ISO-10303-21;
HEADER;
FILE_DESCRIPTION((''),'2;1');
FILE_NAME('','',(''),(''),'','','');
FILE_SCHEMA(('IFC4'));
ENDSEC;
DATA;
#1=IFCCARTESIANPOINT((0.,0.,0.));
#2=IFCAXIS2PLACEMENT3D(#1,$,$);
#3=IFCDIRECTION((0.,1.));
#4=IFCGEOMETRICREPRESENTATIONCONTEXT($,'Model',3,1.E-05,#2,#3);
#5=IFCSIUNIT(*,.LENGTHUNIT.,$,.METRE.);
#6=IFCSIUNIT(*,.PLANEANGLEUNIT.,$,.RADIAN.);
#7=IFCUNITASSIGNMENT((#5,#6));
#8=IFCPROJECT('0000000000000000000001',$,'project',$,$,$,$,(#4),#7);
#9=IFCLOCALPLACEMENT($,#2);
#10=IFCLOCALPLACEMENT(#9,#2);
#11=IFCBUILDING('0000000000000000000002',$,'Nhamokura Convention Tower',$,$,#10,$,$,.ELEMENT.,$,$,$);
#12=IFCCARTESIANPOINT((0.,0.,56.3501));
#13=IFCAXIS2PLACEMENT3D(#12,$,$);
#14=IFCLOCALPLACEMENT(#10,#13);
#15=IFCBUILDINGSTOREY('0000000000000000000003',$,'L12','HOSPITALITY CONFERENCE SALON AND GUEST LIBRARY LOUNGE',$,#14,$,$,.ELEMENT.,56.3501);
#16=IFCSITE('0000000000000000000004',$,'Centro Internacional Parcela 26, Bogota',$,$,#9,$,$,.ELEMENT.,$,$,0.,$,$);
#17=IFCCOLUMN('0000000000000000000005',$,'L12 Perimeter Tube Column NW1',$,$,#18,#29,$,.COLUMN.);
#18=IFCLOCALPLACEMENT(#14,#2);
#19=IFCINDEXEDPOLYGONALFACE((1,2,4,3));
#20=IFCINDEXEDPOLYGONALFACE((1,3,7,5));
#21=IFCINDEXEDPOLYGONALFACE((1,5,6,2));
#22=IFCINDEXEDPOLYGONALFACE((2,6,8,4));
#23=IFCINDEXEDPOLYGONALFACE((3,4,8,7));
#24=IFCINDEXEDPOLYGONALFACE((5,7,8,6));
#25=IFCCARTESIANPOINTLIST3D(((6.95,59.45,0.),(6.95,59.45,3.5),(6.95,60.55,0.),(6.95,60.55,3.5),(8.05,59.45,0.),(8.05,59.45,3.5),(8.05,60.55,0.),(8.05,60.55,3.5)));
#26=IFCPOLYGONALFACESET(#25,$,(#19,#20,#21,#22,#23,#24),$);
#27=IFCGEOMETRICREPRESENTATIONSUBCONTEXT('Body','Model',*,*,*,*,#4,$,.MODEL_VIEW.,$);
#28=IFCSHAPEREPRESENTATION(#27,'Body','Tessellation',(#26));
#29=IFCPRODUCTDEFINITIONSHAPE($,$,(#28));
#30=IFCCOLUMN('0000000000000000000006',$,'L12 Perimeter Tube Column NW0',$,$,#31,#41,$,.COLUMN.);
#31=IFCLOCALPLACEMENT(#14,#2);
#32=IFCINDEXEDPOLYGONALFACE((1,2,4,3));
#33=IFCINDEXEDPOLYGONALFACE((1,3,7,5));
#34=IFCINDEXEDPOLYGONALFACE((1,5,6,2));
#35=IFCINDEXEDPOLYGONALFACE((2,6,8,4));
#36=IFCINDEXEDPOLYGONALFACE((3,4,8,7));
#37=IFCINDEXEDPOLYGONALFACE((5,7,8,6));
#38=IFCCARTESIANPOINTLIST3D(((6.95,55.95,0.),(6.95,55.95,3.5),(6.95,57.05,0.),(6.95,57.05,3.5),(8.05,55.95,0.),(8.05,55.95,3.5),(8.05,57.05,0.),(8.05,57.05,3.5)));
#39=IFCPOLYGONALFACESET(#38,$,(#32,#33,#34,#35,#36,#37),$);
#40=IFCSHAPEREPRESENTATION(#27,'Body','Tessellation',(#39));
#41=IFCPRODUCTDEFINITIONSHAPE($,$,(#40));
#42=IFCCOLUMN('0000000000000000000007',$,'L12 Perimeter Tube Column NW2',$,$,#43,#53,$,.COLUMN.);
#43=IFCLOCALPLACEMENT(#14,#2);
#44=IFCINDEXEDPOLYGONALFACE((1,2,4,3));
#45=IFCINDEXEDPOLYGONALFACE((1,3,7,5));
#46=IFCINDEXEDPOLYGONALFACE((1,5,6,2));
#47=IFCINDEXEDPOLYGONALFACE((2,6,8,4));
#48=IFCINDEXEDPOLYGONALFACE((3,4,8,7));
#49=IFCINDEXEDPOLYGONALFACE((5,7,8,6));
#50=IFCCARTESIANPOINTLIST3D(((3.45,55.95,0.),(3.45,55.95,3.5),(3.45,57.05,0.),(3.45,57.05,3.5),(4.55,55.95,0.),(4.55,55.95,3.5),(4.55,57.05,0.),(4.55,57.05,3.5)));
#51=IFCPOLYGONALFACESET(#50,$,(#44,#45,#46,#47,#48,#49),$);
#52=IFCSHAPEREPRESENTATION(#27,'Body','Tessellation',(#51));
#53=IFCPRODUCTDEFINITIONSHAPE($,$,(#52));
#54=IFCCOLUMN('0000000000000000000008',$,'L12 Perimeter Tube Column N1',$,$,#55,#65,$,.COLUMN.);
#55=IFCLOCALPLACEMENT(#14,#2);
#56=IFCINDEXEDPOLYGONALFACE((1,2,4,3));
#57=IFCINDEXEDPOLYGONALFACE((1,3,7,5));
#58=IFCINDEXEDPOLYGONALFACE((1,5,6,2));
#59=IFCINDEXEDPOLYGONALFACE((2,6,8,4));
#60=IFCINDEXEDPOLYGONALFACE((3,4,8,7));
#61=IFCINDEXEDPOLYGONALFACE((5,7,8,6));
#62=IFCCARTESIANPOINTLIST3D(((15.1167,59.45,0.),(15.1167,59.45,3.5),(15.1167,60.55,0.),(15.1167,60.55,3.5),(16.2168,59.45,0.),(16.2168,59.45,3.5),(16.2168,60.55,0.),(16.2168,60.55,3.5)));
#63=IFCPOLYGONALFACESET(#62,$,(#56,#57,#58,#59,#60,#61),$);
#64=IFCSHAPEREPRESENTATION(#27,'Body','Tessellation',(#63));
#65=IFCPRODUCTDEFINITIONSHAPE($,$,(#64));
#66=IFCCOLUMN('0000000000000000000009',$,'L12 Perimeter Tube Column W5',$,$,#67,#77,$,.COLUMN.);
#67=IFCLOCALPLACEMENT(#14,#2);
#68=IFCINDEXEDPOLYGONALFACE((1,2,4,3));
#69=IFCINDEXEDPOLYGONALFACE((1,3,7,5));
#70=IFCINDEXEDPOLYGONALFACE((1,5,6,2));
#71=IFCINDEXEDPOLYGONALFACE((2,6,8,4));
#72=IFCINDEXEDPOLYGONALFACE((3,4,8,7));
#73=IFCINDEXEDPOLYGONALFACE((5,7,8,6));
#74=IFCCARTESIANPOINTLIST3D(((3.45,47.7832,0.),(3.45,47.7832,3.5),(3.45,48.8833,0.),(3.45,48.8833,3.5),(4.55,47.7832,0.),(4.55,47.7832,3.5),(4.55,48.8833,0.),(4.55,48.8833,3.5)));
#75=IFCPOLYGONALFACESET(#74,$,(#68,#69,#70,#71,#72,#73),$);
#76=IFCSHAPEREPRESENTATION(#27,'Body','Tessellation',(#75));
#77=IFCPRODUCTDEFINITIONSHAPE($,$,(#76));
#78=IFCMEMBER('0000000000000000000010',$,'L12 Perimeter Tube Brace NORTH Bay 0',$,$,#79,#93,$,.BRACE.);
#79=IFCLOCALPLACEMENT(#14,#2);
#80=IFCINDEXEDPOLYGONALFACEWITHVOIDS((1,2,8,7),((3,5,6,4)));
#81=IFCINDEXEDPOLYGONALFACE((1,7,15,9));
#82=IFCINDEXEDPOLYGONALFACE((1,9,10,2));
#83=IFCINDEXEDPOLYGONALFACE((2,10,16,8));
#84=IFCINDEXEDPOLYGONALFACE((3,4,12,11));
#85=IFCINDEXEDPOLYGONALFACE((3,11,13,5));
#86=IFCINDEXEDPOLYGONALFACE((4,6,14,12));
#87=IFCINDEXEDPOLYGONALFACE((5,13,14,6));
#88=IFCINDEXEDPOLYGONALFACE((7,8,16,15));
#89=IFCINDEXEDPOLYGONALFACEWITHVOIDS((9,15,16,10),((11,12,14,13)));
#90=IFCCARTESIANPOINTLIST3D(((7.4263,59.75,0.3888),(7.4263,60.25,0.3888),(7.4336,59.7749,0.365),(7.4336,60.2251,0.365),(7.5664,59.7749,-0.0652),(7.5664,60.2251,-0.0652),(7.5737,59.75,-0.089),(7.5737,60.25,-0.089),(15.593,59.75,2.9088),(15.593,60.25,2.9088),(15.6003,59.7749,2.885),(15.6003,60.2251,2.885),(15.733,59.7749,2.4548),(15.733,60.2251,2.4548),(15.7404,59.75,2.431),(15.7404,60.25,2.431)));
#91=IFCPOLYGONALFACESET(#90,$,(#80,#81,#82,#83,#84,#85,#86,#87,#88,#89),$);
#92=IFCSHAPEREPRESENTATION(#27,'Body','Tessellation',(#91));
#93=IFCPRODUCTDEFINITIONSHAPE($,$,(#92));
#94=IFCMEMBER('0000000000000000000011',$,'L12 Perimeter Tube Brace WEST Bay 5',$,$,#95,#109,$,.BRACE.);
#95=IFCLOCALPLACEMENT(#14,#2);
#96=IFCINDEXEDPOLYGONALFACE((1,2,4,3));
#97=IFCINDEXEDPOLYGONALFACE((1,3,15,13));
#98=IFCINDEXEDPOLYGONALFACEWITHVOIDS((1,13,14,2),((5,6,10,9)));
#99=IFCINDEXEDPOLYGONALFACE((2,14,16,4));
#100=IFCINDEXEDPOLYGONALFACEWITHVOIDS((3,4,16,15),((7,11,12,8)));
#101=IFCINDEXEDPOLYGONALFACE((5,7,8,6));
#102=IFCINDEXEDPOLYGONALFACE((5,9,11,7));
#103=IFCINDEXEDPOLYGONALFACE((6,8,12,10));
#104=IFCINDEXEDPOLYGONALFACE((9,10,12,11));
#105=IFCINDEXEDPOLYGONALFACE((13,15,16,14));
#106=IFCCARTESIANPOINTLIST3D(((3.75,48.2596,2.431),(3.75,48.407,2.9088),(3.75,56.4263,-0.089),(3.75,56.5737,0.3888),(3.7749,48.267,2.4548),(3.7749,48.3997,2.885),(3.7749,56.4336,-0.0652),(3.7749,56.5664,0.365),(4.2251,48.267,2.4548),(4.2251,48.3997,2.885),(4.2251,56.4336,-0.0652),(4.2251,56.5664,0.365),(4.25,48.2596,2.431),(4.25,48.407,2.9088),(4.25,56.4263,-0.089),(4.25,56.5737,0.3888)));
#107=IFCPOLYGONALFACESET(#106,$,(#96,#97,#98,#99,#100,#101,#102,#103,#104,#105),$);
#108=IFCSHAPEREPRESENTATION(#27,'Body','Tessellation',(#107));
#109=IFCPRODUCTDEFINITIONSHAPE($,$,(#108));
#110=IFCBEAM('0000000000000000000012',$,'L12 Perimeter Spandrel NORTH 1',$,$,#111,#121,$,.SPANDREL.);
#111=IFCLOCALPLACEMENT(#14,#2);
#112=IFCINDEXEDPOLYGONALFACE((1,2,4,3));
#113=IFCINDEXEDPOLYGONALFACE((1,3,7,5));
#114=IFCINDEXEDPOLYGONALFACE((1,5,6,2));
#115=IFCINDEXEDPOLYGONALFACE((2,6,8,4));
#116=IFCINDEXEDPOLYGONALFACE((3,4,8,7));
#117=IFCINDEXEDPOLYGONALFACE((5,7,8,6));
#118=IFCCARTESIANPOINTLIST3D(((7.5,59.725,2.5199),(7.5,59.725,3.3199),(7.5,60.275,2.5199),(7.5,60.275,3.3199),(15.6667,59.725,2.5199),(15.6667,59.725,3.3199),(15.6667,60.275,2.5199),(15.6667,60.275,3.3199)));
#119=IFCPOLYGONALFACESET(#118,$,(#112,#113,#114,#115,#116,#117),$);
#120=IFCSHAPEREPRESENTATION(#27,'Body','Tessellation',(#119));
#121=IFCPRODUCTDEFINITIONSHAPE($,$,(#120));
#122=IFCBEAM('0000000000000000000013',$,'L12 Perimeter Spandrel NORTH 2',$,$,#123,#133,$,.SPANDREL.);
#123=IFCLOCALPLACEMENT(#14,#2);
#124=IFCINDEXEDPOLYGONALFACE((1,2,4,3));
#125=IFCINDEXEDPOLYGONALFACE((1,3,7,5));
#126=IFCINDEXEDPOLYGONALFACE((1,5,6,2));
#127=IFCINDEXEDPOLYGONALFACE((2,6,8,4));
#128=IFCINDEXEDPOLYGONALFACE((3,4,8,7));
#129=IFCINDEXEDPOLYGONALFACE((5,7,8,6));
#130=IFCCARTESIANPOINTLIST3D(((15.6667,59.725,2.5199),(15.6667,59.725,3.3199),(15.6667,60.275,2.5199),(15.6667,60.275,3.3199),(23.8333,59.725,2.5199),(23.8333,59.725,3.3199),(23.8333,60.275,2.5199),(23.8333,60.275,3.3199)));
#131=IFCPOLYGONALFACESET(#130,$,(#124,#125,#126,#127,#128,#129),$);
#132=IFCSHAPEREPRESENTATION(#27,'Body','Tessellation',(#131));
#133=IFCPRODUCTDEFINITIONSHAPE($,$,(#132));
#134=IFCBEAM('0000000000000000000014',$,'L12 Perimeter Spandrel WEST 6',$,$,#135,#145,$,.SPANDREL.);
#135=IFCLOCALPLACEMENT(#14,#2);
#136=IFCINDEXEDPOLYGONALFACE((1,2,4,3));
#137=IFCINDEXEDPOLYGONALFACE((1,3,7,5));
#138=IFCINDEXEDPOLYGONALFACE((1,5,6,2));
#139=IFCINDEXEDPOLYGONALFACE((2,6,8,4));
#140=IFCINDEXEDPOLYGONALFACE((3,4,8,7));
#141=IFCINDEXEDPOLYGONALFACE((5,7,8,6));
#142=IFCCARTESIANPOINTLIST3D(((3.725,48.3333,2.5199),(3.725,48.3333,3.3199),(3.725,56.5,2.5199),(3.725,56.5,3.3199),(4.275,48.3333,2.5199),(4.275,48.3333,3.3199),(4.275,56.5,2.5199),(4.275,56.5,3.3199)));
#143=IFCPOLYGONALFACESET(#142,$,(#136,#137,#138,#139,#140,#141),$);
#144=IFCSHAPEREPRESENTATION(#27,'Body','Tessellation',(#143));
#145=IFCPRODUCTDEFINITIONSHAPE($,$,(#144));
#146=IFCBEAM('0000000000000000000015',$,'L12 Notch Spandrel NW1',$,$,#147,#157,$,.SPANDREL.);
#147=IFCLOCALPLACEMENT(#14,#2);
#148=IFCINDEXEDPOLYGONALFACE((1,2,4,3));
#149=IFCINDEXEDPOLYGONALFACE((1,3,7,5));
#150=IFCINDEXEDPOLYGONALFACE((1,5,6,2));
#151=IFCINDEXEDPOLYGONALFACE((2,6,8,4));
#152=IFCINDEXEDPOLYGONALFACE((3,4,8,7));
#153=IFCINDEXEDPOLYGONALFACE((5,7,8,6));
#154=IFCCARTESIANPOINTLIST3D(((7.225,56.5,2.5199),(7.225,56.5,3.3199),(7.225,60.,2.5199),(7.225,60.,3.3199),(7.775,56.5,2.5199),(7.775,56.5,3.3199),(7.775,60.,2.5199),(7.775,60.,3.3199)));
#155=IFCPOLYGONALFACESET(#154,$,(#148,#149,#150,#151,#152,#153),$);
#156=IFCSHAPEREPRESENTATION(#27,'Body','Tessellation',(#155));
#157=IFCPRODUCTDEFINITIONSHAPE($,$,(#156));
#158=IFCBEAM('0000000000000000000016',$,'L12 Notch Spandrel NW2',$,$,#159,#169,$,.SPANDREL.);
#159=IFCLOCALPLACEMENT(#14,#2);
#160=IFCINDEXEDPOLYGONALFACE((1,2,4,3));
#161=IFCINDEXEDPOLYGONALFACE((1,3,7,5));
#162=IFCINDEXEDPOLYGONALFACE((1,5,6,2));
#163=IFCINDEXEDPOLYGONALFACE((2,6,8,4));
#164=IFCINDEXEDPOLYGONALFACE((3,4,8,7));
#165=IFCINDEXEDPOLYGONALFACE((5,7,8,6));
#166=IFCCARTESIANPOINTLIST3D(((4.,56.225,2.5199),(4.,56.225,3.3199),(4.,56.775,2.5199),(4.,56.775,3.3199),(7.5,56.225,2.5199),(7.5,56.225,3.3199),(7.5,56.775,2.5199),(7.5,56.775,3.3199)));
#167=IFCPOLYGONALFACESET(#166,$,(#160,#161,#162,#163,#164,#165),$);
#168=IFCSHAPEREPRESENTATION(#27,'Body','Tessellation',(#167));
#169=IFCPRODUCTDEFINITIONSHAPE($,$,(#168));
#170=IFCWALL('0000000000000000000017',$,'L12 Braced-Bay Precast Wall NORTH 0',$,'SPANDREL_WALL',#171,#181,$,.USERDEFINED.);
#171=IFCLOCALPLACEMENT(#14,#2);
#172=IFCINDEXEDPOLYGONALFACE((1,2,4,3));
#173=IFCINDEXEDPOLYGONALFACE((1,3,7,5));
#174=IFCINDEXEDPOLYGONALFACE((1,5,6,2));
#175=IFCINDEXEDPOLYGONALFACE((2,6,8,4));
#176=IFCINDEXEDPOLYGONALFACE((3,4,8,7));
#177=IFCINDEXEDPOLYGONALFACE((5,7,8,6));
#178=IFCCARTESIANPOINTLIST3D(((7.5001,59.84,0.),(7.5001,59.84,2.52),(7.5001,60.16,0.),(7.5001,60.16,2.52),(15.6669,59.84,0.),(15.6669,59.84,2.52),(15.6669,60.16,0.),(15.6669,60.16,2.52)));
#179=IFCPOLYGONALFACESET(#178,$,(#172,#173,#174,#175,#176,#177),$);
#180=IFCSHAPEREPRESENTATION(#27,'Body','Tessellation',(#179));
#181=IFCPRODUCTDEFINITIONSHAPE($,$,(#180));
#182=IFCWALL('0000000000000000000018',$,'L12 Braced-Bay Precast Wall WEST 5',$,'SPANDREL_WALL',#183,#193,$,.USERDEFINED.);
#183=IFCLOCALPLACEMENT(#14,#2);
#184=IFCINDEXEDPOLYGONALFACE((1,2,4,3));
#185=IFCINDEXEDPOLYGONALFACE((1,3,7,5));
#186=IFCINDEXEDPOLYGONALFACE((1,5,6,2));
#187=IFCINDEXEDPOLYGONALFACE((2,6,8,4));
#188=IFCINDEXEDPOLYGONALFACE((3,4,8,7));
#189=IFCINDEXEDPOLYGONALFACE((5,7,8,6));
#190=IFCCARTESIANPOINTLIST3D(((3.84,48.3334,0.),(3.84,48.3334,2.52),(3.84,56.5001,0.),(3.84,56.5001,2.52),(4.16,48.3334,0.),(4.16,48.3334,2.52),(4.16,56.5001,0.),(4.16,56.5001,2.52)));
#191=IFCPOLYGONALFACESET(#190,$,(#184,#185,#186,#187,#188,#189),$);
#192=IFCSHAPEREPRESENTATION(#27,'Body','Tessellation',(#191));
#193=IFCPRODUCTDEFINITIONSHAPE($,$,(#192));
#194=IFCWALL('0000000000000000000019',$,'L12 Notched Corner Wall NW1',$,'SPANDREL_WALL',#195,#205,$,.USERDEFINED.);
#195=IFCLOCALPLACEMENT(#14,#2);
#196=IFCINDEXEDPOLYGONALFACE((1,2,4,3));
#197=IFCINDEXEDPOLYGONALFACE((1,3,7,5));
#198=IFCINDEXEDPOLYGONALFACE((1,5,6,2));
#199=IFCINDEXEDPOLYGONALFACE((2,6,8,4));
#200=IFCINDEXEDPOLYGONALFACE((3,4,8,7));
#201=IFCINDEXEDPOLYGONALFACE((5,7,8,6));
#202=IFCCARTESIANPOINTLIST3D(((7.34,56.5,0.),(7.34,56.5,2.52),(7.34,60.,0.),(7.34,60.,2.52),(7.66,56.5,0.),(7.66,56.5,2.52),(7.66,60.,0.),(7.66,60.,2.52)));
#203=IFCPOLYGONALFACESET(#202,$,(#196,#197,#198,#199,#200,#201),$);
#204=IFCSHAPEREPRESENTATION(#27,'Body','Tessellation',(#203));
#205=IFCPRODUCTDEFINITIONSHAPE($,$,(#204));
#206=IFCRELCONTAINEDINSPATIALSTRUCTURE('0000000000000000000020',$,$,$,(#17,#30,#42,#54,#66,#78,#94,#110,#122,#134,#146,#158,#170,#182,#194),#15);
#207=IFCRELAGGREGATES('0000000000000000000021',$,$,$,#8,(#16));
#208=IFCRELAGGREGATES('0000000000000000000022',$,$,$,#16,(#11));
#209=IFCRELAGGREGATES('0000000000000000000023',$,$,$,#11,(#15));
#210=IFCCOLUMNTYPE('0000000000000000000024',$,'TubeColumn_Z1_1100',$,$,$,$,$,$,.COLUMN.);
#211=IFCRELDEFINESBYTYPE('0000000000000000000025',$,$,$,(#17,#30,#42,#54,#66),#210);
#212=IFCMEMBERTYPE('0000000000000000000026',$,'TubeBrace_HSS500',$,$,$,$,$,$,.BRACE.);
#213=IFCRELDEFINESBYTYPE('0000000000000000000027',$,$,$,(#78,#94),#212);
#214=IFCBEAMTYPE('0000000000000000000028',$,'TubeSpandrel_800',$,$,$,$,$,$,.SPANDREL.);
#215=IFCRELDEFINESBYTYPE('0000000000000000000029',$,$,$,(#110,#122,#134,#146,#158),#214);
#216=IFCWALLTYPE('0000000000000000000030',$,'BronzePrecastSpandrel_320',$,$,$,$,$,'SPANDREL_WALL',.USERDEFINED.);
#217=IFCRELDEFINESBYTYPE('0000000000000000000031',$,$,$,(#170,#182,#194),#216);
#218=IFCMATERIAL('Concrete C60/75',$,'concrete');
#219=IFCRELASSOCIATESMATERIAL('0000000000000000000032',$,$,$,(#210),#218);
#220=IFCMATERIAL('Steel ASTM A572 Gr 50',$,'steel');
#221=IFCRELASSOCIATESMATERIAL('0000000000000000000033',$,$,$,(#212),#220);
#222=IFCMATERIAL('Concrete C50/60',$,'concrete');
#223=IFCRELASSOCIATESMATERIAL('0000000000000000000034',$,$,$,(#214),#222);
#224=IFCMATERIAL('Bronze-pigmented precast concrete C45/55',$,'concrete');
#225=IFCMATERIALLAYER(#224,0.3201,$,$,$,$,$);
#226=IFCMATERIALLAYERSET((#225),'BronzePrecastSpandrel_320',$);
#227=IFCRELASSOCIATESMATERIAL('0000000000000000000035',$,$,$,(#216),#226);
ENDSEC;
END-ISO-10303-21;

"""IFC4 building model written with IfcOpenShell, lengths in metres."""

from ifc_helpers import new_model, si_unit, direction, frame, frame_2d, origin, origin_2d, place, context, subcontext, project, spatial, rectangle, hollow_rectangle, extrude, material, layer, layer_set, material_profile, profile_set, type_object, element, save


model = new_model("IFC4")

# Units and contexts
model_context = context("Model", 3, precision=1e-05, world=origin(), true_north=direction((0.0, 1.0)))
body_context = subcontext(model_context, "Body", "Model", "MODEL_VIEW")
ifc_project = project(units=[si_unit("LENGTHUNIT", "METRE"), si_unit("PLANEANGLEUNIT", "RADIAN")], contexts=[model_context])

# Site, building, storey
site_placement = place(None, origin())
site = spatial("IfcSite", under=ifc_project, at=site_placement, Name="Centro Internacional Parcela 26, Bogota", CompositionType="ELEMENT", RefElevation=0.0)
building_placement = place(site_placement, origin())
building = spatial("IfcBuilding", under=site, at=building_placement, Name="Nhamokura Convention Tower", CompositionType="ELEMENT")
storey_placement = place(building_placement, frame((0.0, 0.0, 56.3501)))
storey = spatial("IfcBuildingStorey", under=building, at=storey_placement, Name="L12", Description="HOSPITALITY CONFERENCE SALON AND GUEST LIBRARY LOUNGE", CompositionType="ELEMENT", Elevation=56.3501)

# Columns
ifc_material_1 = material(Name="Concrete C60/75", Category="concrete")
ifc_material_profile_1 = material_profile(ifc_material_1, rectangle(XDim=1.1001, YDim=1.1001, at=origin_2d()))
ifc_profile_set_1 = profile_set([ifc_material_profile_1], Name="Concrete C60/75")
column_type = type_object("IfcColumnType", Name="TubeColumn_Z1_1100", PredefinedType="COLUMN", material=ifc_profile_set_1)
for number, where, z_axis, x_axis, name in (
    (1, (7.5, 60.0, 0.0), (0.0, 0.0, 1.0), (1.0, 0.0, 0.0), "L12 Perimeter Tube Column NW1"),
    (2, (7.5, 56.5, 0.0), (0.0, 0.0, 1.0), (1.0, 0.0, 0.0), "L12 Perimeter Tube Column NW0"),
    (3, (4.0, 56.5, 0.0), (0.0, 0.0, 1.0), (1.0, 0.0, 0.0), "L12 Perimeter Tube Column NW2"),
    (4, (15.6667, 60.0, 0.0), (0.0, 0.0, 1.0), (1.0, 0.0, 0.0), "L12 Perimeter Tube Column N1"),
    (5, (4.0, 48.3333, 0.0), (0.0, 0.0, 1.0), (1.0, 0.0, 0.0), "L12 Perimeter Tube Column W5"),
):
    element("IfcColumn", number, at=place(storey_placement, frame(where, z_axis=z_axis, x_axis=x_axis)), inside=storey, type_object=column_type, Name=name, PredefinedType="COLUMN", context=body_context, shape_type="SweptSolid", body=[
        extrude(rectangle(XDim=1.1001, YDim=1.1001, at=origin_2d()), origin(), (0.0, 0.0, 1.0), 3.5),
    ])

# Members
ifc_material_2 = material(Name="Steel ASTM A572 Gr 50", Category="steel")
ifc_material_profile_2 = material_profile(ifc_material_2, hollow_rectangle(XDim=0.5, YDim=0.5, WallThickness=0.0249, at=origin_2d()))
ifc_profile_set_2 = profile_set([ifc_material_profile_2], Name="Steel ASTM A572 Gr 50")
member_type = type_object("IfcMemberType", Name="TubeBrace_HSS500", PredefinedType="BRACE", material=ifc_profile_set_2)
for number, where, z_axis, x_axis, name in (
    (6, (7.5, 60.0, 0.1499), (0.955543, 0.0, 0.294853), (0.0, 1.0, 0.0), "L12 Perimeter Tube Brace NORTH Bay 0"),
    (7, (4.0, 56.5, 0.1499), (0.0, -0.955543, 0.294853), (1.0, 0.0, 0.0), "L12 Perimeter Tube Brace WEST Bay 5"),
):
    element("IfcMember", number, at=place(storey_placement, frame(where, z_axis=z_axis, x_axis=x_axis)), inside=storey, type_object=member_type, Name=name, PredefinedType="BRACE", context=body_context, shape_type="SweptSolid", body=[
        extrude(hollow_rectangle(XDim=0.5, YDim=0.5, WallThickness=0.0249, at=origin_2d()), origin(), (0.0, 0.0, 1.0), 8.5466),
    ])

# Beams
ifc_material_3 = material(Name="Concrete C50/60", Category="concrete")
ifc_material_profile_3 = material_profile(ifc_material_3, rectangle(XDim=0.55, YDim=0.8, at=origin_2d()))
ifc_profile_set_3 = profile_set([ifc_material_profile_3], Name="Concrete C50/60")
beam_type = type_object("IfcBeamType", Name="TubeSpandrel_800", PredefinedType="SPANDREL", material=ifc_profile_set_3)
beam_1_placement = place(storey_placement, frame((7.5, 60.0, 2.9199), z_axis=(1.0, 0.0, 0.0), x_axis=(0.0, 1.0, 0.0)))
element("IfcBeam", 8, at=beam_1_placement, inside=storey, type_object=beam_type, Name="L12 Perimeter Spandrel NORTH 1", PredefinedType="SPANDREL", context=body_context, shape_type="SweptSolid", body=[
    extrude(rectangle(XDim=0.55, YDim=0.8, at=origin_2d()), origin(), (0.0, 0.0, 1.0), 8.1667),
])
beam_2_placement = place(storey_placement, frame((15.6667, 60.0, 2.9199), z_axis=(1.0, 0.0, 0.0), x_axis=(0.0, 1.0, 0.0)))
element("IfcBeam", 9, at=beam_2_placement, inside=storey, type_object=beam_type, Name="L12 Perimeter Spandrel NORTH 2", PredefinedType="SPANDREL", context=body_context, shape_type="SweptSolid", body=[
    extrude(rectangle(XDim=0.55, YDim=0.8, at=origin_2d()), origin(), (0.0, 0.0, 1.0), 8.1665),
])
beam_3_placement = place(storey_placement, frame((4.0, 48.3333, 2.9199), z_axis=(0.0, 1.0, 0.0), x_axis=(-1.0, 0.0, 0.0)))
element("IfcBeam", 10, at=beam_3_placement, inside=storey, type_object=beam_type, Name="L12 Perimeter Spandrel WEST 6", PredefinedType="SPANDREL", context=body_context, shape_type="SweptSolid", body=[
    extrude(rectangle(XDim=0.55, YDim=0.8, at=origin_2d()), origin(), (0.0, 0.0, 1.0), 8.1667),
])
for number, where, z_axis, x_axis, name in (
    (11, (7.5, 60.0, 2.9199), (0.0, -1.0, 0.0), (1.0, 0.0, 0.0), "L12 Notch Spandrel NW1"),
    (12, (7.5, 56.5, 2.9199), (-1.0, 0.0, 0.0), (0.0, -1.0, 0.0), "L12 Notch Spandrel NW2"),
):
    element("IfcBeam", number, at=place(storey_placement, frame(where, z_axis=z_axis, x_axis=x_axis)), inside=storey, type_object=beam_type, Name=name, PredefinedType="SPANDREL", context=body_context, shape_type="SweptSolid", body=[
        extrude(rectangle(XDim=0.55, YDim=0.8, at=origin_2d()), origin(), (0.0, 0.0, 1.0), 3.5),
    ])

# Walls
ifc_material_4 = material(Name="Bronze-pigmented precast concrete C45/55", Category="concrete")
ifc_layer = layer(ifc_material_4, 0.3201)
ifc_layer_set = layer_set([ifc_layer], Name="BronzePrecastSpandrel_320")
wall_type = type_object("IfcWallType", Name="BronzePrecastSpandrel_320", ElementType="SPANDREL_WALL", PredefinedType="USERDEFINED", material=ifc_layer_set)
for number, where, z_axis, x_axis, name in (
    (13, (7.5, 60.0, 0.0), (0.0, 0.0, 1.0), (1.0, 0.0, 0.0), "L12 Braced-Bay Precast Wall NORTH 0"),
    (14, (4.0, 48.3333, 0.0), (0.0, 0.0, 1.0), (0.0, 1.0, 0.0), "L12 Braced-Bay Precast Wall WEST 5"),
):
    element("IfcWall", number, at=place(storey_placement, frame(where, z_axis=z_axis, x_axis=x_axis)), inside=storey, type_object=wall_type, Name=name, ObjectType="SPANDREL_WALL", PredefinedType="USERDEFINED", context=body_context, shape_type="SweptSolid", body=[
        extrude(rectangle(XDim=8.1667, YDim=0.3201, at=frame_2d((4.0835, 0.0))), origin(), (0.0, 0.0, 1.0), 2.52),
    ])
for number, where, z_axis, x_axis, name in (
    (15, (7.5, 56.5, 0.0), (0.0, 0.0, 1.0), (0.0, 1.0, 0.0), "L12 Notched Corner Wall NW1"),
):
    element("IfcWall", number, at=place(storey_placement, frame(where, z_axis=z_axis, x_axis=x_axis)), inside=storey, type_object=wall_type, Name=name, ObjectType="SPANDREL_WALL", PredefinedType="USERDEFINED", context=body_context, shape_type="SweptSolid", body=[
        extrude(rectangle(XDim=3.5, YDim=0.3201, at=frame_2d((1.75, 0.0))), origin(), (0.0, 0.0, 1.0), 2.52),
    ])

save(model, "model.ifc")
